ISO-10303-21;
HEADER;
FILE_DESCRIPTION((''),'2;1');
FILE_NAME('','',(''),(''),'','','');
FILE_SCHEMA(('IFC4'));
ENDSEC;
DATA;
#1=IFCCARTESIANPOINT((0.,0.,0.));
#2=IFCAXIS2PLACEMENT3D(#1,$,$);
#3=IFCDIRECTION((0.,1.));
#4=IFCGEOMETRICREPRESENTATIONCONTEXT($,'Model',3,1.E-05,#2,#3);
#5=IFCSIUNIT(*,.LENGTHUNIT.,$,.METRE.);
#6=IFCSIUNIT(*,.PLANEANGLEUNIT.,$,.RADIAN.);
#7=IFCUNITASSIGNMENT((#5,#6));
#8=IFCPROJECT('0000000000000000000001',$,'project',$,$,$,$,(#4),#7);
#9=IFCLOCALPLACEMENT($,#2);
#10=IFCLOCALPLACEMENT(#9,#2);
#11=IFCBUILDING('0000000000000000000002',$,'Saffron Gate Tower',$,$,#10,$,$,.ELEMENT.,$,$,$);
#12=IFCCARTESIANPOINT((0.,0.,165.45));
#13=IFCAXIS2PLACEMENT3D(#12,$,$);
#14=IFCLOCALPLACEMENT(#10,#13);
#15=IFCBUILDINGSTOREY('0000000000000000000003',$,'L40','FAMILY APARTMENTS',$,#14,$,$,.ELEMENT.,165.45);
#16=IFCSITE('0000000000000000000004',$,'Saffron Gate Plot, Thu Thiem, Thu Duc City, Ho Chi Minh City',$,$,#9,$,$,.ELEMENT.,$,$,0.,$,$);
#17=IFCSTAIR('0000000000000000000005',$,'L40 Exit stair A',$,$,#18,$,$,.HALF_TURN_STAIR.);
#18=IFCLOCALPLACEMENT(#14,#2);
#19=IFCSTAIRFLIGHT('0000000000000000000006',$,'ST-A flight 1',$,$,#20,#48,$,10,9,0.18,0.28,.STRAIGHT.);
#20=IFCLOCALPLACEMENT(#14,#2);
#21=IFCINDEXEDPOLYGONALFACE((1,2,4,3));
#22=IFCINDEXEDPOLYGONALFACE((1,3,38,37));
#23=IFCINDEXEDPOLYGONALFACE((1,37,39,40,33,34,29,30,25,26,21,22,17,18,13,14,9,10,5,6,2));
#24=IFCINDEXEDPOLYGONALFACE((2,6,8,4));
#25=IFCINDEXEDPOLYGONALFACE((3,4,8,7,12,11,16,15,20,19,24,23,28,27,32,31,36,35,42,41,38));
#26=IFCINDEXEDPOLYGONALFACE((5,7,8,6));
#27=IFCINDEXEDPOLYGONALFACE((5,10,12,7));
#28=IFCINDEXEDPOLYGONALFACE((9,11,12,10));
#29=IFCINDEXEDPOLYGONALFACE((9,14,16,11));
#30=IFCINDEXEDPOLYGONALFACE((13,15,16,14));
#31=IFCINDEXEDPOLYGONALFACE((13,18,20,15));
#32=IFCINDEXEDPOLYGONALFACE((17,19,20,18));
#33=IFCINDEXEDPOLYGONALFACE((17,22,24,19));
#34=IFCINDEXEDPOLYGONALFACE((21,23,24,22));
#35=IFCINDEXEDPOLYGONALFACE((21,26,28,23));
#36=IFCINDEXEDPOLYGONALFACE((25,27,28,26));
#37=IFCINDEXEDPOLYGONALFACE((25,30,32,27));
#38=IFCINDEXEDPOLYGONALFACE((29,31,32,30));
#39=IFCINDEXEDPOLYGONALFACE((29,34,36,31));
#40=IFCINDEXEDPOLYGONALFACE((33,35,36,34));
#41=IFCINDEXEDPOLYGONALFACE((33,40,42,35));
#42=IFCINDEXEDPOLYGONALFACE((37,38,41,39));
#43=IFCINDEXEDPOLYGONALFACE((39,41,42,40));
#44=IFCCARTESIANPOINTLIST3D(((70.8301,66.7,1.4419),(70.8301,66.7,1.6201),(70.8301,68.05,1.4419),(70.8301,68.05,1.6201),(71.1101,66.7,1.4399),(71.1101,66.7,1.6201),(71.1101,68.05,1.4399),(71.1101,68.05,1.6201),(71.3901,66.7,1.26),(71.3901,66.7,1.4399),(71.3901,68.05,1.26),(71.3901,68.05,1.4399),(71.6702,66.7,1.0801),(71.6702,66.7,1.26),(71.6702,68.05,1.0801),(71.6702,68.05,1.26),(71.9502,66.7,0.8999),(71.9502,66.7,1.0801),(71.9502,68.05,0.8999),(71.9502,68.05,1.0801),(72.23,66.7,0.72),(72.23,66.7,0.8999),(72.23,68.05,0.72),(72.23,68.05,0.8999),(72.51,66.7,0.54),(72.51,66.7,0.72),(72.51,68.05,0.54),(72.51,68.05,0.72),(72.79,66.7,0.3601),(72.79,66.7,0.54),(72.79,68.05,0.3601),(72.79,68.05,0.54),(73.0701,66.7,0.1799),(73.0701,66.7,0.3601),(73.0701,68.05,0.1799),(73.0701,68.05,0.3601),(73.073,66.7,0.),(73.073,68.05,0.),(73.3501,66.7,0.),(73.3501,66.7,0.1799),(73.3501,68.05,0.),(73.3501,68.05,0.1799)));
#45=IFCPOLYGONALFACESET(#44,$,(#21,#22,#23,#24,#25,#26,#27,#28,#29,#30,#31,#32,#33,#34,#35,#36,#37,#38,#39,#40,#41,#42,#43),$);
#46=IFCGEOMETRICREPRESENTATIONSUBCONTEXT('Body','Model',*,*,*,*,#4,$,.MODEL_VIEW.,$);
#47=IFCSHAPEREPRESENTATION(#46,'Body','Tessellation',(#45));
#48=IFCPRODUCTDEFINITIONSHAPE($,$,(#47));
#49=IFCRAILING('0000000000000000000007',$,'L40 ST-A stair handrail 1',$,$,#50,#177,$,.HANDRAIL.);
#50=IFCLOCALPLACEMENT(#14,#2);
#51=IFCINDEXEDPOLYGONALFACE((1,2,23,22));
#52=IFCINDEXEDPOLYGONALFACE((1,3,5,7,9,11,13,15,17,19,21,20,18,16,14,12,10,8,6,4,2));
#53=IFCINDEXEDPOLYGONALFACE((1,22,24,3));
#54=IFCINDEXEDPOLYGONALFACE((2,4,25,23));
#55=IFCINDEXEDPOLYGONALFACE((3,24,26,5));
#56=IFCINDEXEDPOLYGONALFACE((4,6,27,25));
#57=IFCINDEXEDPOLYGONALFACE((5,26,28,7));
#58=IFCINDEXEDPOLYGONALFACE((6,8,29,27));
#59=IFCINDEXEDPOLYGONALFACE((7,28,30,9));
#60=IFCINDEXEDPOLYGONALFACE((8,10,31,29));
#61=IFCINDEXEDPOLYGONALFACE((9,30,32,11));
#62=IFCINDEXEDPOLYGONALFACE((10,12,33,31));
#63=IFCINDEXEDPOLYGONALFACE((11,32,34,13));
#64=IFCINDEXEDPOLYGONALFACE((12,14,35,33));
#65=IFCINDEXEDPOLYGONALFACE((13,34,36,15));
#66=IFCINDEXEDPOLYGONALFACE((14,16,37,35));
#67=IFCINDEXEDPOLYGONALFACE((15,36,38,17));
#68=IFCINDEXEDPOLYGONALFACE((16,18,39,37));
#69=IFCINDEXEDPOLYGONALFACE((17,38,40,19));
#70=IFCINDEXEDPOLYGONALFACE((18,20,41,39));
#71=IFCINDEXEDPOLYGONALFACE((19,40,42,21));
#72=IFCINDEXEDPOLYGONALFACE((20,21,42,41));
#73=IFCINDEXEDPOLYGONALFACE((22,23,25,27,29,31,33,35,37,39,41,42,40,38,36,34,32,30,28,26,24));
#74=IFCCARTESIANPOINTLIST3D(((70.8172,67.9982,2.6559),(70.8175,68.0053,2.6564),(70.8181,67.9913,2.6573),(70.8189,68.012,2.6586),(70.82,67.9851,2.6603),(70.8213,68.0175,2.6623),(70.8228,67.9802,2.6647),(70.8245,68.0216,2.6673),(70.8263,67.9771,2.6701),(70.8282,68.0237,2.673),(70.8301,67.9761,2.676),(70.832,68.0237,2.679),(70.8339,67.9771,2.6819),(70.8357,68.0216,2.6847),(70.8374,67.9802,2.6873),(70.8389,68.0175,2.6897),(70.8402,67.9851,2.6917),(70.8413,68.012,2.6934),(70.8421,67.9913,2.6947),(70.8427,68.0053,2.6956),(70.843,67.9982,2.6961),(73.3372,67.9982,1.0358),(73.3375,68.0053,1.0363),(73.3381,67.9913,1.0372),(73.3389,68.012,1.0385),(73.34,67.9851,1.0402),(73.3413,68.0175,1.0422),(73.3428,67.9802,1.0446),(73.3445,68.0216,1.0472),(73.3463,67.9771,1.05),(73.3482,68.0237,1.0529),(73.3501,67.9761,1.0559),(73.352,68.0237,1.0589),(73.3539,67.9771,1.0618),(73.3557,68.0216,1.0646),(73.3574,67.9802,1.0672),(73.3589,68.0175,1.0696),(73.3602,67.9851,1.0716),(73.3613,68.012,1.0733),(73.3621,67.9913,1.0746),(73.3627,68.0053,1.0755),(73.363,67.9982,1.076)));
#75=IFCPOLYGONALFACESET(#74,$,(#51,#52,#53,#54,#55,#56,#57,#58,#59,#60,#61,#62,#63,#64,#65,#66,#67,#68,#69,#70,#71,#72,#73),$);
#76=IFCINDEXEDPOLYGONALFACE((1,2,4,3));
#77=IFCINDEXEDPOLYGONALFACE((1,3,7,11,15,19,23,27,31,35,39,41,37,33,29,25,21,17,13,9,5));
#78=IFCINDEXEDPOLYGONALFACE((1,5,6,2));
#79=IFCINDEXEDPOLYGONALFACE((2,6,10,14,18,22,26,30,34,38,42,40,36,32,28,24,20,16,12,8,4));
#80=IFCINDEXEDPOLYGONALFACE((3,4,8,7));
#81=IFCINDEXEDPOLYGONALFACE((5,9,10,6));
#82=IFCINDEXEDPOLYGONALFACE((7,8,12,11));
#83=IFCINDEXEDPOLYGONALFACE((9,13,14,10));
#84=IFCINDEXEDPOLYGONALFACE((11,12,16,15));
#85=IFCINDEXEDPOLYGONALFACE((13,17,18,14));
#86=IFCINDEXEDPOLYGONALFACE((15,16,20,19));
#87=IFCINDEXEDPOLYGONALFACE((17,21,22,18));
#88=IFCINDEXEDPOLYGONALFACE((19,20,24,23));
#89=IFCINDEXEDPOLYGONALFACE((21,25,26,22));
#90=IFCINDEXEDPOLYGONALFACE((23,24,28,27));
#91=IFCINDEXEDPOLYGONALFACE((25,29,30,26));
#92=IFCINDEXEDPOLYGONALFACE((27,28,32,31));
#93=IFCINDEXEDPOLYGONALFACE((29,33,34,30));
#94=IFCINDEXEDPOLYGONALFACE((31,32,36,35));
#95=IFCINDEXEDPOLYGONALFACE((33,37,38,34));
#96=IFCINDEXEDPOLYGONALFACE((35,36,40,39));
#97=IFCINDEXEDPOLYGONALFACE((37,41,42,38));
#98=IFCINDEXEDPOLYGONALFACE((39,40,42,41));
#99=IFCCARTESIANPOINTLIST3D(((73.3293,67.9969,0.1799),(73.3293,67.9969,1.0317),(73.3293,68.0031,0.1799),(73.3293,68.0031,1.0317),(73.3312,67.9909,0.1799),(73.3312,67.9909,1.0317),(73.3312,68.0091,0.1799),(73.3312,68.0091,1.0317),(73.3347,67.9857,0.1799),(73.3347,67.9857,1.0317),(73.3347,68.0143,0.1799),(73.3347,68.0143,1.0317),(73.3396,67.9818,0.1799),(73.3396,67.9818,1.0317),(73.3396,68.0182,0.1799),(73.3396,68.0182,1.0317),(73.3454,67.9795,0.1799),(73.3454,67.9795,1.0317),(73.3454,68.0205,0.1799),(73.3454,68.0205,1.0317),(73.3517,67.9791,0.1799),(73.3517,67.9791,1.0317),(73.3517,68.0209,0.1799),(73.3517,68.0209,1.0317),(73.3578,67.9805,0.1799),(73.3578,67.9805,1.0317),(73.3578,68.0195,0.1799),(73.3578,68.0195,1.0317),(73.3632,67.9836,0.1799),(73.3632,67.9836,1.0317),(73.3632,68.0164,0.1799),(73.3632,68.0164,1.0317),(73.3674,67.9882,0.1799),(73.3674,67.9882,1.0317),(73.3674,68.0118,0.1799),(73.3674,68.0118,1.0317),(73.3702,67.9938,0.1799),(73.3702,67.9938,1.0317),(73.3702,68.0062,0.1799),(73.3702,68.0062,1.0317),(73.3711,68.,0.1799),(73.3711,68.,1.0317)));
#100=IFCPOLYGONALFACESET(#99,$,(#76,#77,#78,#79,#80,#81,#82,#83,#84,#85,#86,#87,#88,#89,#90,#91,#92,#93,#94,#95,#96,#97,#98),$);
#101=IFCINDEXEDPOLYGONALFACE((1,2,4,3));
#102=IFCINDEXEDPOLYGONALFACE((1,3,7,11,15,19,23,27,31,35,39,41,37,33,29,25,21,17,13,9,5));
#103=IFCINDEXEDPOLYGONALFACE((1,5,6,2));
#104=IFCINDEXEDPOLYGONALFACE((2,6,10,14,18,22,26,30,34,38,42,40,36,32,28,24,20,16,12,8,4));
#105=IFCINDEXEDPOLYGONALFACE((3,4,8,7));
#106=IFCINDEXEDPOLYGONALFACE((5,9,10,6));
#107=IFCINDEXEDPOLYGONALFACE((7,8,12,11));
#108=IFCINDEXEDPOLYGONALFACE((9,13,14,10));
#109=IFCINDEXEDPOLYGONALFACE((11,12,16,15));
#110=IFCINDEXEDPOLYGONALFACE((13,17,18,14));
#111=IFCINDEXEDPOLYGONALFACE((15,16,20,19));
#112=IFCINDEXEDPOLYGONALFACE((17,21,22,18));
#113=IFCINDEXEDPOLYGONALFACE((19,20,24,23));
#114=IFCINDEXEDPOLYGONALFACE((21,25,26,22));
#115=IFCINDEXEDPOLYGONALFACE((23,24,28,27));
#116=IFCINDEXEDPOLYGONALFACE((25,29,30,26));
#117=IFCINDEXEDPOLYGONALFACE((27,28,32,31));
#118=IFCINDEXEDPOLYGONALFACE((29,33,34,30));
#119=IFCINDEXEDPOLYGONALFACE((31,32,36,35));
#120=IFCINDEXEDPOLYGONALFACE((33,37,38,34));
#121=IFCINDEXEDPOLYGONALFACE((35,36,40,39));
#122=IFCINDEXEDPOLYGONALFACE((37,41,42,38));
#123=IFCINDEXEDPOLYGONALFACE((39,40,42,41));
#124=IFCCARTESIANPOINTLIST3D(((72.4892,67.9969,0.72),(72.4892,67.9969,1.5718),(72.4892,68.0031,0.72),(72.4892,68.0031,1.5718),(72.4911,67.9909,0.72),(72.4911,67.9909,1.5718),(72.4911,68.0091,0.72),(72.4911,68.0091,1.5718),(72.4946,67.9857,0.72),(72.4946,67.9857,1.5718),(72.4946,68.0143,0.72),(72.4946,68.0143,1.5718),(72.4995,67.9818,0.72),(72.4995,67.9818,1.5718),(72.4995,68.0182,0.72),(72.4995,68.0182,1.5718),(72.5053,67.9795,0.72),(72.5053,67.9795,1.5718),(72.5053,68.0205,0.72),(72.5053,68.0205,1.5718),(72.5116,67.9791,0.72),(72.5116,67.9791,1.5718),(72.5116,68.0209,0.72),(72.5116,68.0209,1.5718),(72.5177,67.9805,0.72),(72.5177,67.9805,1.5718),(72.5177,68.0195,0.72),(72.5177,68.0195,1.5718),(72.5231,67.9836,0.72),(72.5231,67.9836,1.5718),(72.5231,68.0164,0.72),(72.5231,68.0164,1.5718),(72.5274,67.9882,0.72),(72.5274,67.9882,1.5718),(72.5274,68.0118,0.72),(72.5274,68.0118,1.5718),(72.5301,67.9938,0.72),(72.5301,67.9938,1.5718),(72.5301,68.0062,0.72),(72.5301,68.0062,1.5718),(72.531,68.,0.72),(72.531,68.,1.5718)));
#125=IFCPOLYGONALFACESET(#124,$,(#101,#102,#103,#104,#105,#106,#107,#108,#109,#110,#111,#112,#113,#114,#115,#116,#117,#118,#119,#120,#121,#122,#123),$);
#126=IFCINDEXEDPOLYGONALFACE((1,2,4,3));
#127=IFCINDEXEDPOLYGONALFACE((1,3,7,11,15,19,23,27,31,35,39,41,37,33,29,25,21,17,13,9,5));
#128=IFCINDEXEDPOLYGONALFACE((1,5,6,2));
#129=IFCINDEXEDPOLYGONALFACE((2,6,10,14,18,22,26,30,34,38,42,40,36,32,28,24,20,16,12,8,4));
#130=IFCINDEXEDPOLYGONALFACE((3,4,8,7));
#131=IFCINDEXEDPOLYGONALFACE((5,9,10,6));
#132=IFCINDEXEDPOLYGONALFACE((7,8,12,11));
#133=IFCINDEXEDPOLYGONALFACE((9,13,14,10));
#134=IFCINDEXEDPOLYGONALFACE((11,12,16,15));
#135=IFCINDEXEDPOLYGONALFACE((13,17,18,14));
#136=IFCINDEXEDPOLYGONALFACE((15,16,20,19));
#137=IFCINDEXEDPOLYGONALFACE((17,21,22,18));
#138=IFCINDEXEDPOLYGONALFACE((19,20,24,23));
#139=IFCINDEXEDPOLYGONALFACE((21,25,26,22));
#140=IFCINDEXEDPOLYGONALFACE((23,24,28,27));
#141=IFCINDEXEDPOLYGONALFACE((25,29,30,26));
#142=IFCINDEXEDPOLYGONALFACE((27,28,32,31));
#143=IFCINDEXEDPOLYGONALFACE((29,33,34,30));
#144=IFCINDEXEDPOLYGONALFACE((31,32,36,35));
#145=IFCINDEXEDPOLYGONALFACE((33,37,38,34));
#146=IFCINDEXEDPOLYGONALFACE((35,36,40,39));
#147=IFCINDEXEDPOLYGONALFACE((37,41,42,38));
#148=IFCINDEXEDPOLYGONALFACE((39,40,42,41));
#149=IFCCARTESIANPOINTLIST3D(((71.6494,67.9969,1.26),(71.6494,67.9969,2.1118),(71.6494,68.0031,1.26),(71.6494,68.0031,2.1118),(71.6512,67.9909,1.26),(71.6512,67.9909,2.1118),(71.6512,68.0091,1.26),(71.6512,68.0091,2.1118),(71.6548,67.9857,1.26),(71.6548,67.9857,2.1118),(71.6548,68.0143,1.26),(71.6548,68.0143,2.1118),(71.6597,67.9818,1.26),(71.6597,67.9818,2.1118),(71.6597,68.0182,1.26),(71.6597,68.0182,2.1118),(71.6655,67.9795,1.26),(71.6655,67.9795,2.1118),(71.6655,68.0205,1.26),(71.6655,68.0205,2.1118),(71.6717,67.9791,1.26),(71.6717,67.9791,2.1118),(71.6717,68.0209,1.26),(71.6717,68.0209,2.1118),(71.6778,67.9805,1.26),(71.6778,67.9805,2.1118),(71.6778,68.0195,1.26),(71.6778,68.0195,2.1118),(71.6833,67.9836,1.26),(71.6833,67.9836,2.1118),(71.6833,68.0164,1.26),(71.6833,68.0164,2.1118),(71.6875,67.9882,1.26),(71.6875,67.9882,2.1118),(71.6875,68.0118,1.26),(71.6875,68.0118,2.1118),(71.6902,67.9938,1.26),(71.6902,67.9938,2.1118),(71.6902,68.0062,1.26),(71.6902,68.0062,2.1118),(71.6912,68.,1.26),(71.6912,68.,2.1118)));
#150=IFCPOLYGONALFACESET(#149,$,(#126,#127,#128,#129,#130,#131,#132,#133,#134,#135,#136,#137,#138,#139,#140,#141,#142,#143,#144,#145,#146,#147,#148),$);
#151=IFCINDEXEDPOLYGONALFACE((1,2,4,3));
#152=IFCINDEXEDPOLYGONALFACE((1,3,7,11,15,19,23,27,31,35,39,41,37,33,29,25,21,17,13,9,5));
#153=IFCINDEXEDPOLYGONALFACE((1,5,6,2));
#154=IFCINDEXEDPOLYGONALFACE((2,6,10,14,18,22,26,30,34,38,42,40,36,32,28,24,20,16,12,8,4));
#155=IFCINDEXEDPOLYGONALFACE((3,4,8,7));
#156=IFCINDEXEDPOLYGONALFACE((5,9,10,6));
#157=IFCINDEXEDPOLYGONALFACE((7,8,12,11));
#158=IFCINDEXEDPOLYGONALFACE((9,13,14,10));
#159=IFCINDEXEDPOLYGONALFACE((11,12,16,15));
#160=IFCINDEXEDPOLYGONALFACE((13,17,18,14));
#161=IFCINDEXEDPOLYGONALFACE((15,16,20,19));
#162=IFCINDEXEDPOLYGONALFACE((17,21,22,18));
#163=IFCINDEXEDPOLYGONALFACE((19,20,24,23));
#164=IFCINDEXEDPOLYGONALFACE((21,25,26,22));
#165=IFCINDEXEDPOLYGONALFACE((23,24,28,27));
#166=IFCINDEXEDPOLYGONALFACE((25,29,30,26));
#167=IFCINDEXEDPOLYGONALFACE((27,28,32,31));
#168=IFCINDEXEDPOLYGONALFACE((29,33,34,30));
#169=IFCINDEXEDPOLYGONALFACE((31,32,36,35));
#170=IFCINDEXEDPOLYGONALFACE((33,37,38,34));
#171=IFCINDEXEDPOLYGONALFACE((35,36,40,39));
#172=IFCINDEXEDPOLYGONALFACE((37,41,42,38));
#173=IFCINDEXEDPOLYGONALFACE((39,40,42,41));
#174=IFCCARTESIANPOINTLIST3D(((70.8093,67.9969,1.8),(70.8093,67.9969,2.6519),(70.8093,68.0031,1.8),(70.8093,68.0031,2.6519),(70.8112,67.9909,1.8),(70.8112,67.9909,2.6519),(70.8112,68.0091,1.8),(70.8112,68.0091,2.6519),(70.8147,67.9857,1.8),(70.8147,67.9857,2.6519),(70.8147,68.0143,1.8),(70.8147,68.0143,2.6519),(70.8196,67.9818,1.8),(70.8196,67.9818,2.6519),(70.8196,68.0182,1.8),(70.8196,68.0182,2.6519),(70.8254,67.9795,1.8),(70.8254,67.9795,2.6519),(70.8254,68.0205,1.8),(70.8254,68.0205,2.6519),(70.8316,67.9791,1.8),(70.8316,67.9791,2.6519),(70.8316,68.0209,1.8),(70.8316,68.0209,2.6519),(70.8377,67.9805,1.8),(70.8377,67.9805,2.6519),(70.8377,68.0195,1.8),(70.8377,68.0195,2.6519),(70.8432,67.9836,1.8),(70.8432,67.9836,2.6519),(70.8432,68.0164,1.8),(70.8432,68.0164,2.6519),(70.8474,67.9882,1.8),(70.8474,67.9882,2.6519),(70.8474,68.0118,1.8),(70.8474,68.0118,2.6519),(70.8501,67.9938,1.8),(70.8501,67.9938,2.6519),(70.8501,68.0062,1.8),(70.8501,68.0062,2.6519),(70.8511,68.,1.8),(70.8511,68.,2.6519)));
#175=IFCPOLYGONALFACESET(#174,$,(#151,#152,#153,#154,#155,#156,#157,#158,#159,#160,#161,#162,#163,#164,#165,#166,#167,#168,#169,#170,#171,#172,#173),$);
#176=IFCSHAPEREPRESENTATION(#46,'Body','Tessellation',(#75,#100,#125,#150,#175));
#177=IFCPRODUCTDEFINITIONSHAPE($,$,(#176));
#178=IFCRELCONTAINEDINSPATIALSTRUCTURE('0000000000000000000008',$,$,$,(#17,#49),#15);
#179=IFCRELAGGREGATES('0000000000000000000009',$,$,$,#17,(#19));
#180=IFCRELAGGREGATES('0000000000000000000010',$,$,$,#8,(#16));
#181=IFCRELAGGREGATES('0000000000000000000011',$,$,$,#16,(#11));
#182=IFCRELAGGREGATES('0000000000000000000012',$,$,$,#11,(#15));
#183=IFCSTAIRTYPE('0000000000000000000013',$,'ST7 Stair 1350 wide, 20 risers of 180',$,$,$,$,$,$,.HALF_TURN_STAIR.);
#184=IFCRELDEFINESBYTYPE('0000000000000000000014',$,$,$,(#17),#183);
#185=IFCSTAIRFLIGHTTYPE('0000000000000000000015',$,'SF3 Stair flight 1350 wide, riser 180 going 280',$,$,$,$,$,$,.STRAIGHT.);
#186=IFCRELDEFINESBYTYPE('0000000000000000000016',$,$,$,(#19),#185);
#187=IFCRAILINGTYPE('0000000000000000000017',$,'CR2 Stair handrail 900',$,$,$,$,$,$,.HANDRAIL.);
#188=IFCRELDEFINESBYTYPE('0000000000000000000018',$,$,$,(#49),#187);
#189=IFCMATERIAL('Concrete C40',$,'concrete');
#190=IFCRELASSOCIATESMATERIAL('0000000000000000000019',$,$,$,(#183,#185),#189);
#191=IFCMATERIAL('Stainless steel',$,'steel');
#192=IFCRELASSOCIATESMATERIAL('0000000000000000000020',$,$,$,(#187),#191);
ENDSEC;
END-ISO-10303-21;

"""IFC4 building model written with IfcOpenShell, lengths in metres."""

from ifc_helpers import new_model, si_unit, direction, frame, origin, origin_2d, place, context, subcontext, project, spatial, polyline, circle, outline, extrude, material, type_object, element, aggregate, save


model = new_model("IFC4")

# Units and contexts
model_context = context("Model", 3, precision=1e-05, world=origin(), true_north=direction((0.0, 1.0)))
body_context = subcontext(model_context, "Body", "Model", "MODEL_VIEW")
ifc_project = project(units=[si_unit("LENGTHUNIT", "METRE"), si_unit("PLANEANGLEUNIT", "RADIAN")], contexts=[model_context])

# Site, building, storey
site_placement = place(None, origin())
site = spatial("IfcSite", under=ifc_project, at=site_placement, Name="Saffron Gate Plot, Thu Thiem, Thu Duc City, Ho Chi Minh City", CompositionType="ELEMENT", RefElevation=0.0)
building_placement = place(site_placement, origin())
building = spatial("IfcBuilding", under=site, at=building_placement, Name="Saffron Gate Tower", CompositionType="ELEMENT")
storey_placement = place(building_placement, frame((0.0, 0.0, 165.45)))
storey = spatial("IfcBuildingStorey", under=building, at=storey_placement, Name="L40", Description="FAMILY APARTMENTS", CompositionType="ELEMENT", Elevation=165.45)

# Stair, stair flight
ifc_material_1 = material(Name="Concrete C40", Category="concrete")
stair_type = type_object("IfcStairType", Name="ST7 Stair 1350 wide, 20 risers of 180", PredefinedType="HALF_TURN_STAIR", material=ifc_material_1)
stair_placement = place(storey_placement, origin())
stair = element("IfcStair", 1, at=stair_placement, inside=storey, type_object=stair_type, Name="L40 Exit stair A", PredefinedType="HALF_TURN_STAIR")
stair_flight_type = type_object("IfcStairFlightType", Name="SF3 Stair flight 1350 wide, riser 180 going 280", PredefinedType="STRAIGHT", material=ifc_material_1)
stair_flight_placement = place(storey_placement, frame((73.3501, 67.375, 0.0), z_axis=(0.0, 0.0, 1.0), x_axis=(-1.0, 0.0, 0.0)))
stair_flight = element("IfcStairFlight", 2, at=stair_flight_placement, type_object=stair_flight_type, Name="ST-A flight 1", NumberOfRisers=10, NumberOfTreads=9, PredefinedType="STRAIGHT", RiserHeight=0.18, TreadLength=0.28, context=body_context, shape_type="SweptSolid", body=[
    extrude(outline(polyline([(0.0, 0.0), (0.0, 0.1799), (0.28, 0.1799), (0.28, 0.3601), (0.5601, 0.3601), (0.5601, 0.54), (0.8401, 0.54), (0.8401, 0.72), (1.1201, 0.72), (1.1201, 0.8999), (1.3999, 0.8999), (1.3999, 1.0801), (1.6799, 1.0801), (1.6799, 1.26), (1.96, 1.26), (1.96, 1.4399), (2.24, 1.4399), (2.24, 1.6201), (2.52, 1.6201), (2.52, 1.8), (2.52, 1.4419), (0.2771, 0.0), (0.0, 0.0)])), frame((0.0, 0.675, 0.0), z_axis=(0.0, -1.0, 0.0), x_axis=(1.0, 0.0, 0.0)), (0.0, 0.0, 1.0), 1.3501),
])
aggregate(stair, [stair_flight])

# Railing
ifc_material_2 = material(Name="Stainless steel", Category="steel")
railing_type_1 = type_object("IfcRailingType", Name="CR2 Stair handrail 900", PredefinedType="HANDRAIL", material=ifc_material_2)
railing_1_placement = place(storey_placement, frame((73.3501, 68.0, 0.1799)))
element("IfcRailing", 3, at=railing_1_placement, inside=storey, type_object=railing_type_1, Name="L40 ST-A stair handrail 1", PredefinedType="HANDRAIL", context=body_context, shape_type="SweptSolid", body=[
    extrude(circle(Radius=0.0239, at=origin_2d()), frame((0.0, 0.0, 0.876), z_axis=(-0.841163, 0.0, 0.540782), x_axis=(0.0, -1.0, 0.0)), (0.0, 0.0, 1.0), 2.9958),
    extrude(circle(Radius=0.021, at=origin_2d()), origin(), (0.0, 0.0, 1.0), 0.8518),
    extrude(circle(Radius=0.021, at=origin_2d()), frame((-0.8401, 0.0, 0.54)), (0.0, 0.0, 1.0), 0.8518),
    extrude(circle(Radius=0.021, at=origin_2d()), frame((-1.6799, 0.0, 1.0801)), (0.0, 0.0, 1.0), 0.8518),
    extrude(circle(Radius=0.021, at=origin_2d()), frame((-2.52, 0.0, 1.6201)), (0.0, 0.0, 1.0), 0.8518),
])

save(model, "model.ifc")
